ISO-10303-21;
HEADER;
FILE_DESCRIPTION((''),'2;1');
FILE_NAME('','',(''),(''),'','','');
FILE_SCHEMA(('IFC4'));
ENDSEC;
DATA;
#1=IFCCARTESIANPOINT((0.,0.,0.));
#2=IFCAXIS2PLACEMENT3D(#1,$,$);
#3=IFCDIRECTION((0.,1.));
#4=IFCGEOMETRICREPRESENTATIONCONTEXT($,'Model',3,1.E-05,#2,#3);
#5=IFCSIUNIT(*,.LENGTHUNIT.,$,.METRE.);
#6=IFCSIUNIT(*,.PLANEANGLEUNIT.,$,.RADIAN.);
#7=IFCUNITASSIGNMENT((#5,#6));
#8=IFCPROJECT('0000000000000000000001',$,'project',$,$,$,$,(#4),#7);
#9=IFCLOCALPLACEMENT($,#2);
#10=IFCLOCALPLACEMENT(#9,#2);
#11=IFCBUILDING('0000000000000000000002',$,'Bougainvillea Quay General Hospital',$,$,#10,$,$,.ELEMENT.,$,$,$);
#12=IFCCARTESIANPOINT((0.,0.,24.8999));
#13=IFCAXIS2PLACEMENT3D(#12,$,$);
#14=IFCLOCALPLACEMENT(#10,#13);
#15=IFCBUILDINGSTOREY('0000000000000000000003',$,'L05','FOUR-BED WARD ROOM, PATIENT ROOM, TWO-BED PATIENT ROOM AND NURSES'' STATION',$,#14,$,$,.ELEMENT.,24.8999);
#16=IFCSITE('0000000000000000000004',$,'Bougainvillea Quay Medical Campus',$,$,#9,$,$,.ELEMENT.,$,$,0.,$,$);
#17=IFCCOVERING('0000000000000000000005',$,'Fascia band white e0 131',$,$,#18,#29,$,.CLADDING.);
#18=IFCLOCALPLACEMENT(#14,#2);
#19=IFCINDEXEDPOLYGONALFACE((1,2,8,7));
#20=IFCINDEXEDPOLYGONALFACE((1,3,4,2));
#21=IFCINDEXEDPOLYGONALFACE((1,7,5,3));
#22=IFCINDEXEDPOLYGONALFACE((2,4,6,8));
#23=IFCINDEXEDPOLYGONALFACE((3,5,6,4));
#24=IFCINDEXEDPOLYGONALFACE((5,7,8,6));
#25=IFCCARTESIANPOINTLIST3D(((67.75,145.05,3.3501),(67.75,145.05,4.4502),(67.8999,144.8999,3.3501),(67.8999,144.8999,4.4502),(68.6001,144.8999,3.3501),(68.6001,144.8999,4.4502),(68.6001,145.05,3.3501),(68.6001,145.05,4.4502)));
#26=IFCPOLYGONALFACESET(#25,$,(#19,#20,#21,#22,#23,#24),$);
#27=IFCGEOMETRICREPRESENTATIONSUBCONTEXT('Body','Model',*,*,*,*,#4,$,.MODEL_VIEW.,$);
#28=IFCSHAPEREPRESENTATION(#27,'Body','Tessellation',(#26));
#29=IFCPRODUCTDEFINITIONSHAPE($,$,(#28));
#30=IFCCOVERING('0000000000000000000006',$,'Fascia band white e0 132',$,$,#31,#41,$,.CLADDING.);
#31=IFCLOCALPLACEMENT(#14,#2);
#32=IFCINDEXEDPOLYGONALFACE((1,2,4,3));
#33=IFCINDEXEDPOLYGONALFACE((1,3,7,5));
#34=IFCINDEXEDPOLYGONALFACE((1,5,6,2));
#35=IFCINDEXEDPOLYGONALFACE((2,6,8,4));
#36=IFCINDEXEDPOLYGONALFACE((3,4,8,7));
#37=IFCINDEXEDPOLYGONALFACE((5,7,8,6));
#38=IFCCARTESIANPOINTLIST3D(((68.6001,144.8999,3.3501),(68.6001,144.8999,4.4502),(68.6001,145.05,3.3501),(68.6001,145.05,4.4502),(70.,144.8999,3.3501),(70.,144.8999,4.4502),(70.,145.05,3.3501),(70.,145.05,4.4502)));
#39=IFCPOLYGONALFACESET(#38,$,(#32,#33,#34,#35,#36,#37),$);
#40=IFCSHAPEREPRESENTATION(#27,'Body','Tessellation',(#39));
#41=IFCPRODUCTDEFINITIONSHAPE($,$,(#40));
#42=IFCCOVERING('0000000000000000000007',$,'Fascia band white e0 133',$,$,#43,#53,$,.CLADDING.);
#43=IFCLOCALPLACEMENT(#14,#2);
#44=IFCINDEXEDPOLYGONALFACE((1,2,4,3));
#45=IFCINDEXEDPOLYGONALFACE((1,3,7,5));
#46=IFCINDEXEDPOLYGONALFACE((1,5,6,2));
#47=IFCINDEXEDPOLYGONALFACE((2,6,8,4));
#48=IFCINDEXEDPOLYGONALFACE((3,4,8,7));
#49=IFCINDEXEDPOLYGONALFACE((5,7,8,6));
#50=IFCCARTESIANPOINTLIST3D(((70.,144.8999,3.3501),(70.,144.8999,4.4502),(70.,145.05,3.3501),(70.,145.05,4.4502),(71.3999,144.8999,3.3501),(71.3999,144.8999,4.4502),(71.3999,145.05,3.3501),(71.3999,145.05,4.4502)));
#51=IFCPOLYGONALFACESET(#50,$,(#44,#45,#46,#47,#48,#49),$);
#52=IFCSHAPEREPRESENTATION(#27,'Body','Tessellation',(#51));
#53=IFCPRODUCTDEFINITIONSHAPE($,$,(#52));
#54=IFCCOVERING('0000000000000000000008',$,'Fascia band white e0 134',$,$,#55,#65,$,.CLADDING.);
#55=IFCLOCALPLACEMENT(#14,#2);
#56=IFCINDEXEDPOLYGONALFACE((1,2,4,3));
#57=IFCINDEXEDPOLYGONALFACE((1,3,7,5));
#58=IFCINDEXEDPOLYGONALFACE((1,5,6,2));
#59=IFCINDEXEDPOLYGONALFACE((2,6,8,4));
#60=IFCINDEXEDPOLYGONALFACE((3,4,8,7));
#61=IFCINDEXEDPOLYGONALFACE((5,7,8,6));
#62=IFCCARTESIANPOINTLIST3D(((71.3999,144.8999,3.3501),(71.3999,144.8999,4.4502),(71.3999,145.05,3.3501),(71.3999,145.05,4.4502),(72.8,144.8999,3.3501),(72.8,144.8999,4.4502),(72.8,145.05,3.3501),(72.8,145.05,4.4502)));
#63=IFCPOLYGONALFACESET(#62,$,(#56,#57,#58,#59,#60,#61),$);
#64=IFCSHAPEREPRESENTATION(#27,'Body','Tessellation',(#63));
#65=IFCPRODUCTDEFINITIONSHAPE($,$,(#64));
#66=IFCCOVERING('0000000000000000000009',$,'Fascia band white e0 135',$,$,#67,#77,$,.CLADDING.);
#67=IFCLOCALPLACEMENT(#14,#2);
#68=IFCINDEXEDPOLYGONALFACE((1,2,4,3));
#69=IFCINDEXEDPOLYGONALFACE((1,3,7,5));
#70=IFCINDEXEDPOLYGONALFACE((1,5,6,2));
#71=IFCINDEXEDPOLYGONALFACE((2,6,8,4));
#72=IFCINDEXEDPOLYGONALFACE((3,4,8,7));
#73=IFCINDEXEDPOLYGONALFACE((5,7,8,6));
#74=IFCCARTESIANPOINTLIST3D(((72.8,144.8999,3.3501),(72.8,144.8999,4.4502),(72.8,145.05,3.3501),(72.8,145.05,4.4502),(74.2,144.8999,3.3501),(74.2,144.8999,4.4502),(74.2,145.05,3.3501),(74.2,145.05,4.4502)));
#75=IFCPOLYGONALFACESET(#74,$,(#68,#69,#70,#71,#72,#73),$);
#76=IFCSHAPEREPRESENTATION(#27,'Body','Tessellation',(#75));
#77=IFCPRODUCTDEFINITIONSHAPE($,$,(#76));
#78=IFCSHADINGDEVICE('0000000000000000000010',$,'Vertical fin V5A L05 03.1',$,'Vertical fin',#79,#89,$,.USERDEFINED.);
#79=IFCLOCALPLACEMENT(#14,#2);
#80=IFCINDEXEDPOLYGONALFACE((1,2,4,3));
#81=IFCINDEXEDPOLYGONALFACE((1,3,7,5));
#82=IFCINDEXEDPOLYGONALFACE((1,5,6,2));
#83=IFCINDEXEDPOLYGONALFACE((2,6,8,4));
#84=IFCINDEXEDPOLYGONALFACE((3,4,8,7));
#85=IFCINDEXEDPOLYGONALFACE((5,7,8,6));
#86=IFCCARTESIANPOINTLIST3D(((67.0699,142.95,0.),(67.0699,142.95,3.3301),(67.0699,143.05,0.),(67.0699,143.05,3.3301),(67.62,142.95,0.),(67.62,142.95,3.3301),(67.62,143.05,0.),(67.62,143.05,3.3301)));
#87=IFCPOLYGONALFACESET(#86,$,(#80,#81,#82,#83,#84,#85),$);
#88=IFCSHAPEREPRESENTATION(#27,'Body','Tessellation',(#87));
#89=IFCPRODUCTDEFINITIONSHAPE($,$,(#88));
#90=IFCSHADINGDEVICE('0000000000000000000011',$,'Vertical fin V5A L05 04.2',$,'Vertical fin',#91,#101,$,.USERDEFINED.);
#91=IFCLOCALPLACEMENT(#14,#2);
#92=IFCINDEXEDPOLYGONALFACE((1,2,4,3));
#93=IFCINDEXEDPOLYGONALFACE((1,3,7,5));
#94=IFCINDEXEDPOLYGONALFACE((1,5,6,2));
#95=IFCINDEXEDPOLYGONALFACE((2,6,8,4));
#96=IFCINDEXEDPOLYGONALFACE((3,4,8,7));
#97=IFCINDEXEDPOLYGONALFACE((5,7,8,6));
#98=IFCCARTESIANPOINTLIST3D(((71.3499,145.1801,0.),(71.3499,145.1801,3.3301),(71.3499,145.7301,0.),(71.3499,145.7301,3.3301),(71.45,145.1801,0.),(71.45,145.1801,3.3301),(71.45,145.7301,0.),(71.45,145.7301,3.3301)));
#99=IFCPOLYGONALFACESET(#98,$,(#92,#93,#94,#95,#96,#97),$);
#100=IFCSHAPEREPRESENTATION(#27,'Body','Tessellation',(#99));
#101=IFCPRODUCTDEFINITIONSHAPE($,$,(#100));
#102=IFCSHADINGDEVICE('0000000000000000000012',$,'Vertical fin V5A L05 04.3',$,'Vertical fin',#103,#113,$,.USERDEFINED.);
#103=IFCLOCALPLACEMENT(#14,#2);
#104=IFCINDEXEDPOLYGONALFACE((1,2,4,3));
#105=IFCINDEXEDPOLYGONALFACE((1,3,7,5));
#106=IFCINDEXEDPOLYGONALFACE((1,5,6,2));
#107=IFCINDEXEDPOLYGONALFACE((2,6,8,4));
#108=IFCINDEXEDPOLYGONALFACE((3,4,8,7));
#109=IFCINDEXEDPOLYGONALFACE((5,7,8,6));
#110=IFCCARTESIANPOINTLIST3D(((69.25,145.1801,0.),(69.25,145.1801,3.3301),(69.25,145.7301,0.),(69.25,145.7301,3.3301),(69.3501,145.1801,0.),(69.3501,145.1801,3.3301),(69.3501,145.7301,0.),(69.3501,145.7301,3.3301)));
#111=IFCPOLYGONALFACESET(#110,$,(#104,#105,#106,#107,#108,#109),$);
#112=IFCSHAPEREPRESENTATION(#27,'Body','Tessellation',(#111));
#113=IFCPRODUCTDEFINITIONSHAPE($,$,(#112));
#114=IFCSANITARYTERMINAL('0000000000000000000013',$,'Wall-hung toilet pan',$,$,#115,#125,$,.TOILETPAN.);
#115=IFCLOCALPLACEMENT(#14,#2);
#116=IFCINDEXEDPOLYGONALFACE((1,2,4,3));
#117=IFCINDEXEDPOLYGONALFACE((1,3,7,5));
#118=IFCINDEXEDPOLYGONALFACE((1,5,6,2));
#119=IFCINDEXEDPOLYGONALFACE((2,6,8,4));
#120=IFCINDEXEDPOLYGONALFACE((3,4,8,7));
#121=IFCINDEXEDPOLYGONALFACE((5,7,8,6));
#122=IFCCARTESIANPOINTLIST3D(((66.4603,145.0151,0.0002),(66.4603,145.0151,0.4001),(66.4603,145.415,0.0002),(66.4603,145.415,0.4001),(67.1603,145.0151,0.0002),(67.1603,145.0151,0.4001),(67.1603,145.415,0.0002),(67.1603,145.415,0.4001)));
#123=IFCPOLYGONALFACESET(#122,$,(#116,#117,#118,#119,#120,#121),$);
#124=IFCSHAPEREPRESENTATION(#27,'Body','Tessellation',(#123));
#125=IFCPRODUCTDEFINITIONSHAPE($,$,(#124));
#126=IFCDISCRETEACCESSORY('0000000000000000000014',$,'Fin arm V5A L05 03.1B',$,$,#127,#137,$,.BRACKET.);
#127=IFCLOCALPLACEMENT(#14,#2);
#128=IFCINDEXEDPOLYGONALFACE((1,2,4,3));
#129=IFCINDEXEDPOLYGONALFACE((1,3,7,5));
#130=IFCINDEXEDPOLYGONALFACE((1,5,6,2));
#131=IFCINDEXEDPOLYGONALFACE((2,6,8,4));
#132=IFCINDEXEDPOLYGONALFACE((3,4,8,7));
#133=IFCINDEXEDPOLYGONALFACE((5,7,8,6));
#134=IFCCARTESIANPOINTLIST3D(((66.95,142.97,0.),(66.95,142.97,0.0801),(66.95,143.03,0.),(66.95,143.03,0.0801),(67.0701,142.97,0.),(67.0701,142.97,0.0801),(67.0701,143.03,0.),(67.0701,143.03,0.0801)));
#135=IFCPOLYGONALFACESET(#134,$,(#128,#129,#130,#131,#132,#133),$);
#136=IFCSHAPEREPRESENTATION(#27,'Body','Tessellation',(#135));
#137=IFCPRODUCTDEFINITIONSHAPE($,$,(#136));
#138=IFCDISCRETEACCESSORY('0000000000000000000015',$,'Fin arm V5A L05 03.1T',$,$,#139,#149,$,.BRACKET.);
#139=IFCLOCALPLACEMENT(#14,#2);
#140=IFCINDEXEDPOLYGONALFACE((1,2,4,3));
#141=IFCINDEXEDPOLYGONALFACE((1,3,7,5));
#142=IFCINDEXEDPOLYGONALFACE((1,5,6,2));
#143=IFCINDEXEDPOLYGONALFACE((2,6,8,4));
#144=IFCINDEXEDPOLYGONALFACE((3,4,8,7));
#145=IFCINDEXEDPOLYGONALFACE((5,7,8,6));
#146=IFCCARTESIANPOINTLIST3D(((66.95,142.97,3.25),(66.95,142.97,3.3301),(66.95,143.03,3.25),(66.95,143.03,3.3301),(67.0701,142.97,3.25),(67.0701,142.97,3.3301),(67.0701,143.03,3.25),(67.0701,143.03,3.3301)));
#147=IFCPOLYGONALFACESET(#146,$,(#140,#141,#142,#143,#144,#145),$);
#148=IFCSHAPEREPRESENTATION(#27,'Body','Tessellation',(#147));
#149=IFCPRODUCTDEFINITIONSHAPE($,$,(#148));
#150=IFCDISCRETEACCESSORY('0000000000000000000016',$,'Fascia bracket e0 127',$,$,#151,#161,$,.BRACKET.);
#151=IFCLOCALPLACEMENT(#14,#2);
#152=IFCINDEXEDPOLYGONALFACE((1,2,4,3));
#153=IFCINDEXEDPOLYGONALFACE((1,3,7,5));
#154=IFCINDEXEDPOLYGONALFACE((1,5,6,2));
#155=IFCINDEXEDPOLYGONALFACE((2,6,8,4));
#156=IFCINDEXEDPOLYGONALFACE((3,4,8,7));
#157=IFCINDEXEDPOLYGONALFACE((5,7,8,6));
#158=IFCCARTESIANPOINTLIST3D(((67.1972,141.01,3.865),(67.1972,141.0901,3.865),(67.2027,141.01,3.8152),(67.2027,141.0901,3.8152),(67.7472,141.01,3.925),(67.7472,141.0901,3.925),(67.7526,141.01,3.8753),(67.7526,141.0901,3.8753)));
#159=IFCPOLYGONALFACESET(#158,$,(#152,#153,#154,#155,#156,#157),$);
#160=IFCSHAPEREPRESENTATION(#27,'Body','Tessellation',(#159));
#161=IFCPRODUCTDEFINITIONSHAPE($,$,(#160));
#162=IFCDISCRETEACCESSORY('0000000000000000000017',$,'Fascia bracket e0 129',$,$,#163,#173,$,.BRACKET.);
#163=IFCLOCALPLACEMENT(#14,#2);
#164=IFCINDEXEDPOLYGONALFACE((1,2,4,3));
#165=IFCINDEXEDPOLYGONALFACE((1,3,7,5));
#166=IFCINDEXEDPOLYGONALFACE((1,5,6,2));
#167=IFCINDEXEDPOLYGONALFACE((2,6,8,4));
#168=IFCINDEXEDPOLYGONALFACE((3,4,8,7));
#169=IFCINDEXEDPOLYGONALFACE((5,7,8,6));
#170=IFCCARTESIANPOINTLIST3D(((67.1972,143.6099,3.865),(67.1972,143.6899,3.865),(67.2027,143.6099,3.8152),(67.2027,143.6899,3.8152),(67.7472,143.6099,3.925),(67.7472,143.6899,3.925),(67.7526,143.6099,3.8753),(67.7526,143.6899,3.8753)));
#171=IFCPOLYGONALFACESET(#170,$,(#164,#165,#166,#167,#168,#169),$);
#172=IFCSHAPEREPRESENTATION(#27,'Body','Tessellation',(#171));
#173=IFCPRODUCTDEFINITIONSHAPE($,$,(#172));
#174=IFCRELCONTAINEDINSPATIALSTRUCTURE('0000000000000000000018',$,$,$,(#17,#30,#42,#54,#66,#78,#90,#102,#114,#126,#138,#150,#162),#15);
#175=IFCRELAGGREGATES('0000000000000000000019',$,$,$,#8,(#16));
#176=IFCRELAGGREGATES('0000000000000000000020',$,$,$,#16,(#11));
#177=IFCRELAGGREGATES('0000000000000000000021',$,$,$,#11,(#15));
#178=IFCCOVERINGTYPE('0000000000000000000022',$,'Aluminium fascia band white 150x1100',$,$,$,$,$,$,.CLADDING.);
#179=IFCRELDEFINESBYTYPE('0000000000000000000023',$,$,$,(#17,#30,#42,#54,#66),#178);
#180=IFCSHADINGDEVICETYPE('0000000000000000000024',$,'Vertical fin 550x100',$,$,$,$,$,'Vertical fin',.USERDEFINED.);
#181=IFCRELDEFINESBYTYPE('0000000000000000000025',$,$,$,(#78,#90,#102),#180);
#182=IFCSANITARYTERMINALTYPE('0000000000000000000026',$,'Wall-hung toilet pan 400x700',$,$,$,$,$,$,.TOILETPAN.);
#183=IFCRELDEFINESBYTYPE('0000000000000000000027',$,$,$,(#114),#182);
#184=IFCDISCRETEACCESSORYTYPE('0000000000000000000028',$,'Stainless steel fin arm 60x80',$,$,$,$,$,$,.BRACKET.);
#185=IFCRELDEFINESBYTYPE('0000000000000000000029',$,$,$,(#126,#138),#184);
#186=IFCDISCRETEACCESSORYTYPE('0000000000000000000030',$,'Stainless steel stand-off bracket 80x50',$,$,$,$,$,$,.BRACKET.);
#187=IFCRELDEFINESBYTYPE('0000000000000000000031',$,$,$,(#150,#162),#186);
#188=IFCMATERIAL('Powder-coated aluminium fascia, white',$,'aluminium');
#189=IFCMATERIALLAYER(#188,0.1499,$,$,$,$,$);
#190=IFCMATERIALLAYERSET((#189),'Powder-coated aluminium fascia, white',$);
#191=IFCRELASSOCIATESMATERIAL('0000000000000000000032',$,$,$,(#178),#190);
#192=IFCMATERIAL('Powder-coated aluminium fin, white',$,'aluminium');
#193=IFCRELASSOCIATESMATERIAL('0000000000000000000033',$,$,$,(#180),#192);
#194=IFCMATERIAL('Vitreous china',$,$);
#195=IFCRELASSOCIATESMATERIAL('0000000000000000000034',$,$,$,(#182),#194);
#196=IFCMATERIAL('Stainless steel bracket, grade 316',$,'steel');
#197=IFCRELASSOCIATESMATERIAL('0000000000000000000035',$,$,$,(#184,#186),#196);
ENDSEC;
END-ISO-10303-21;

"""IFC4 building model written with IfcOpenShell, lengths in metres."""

from ifc_helpers import new_model, si_unit, direction, frame, origin, origin_2d, place, context, subcontext, project, spatial, polyline, rectangle, outline, extrude, material, layer, layer_set, material_profile, profile_set, type_object, element, save


model = new_model("IFC4")

# Units and contexts
model_context = context("Model", 3, precision=1e-05, world=origin(), true_north=direction((0.0, 1.0)))
body_context = subcontext(model_context, "Body", "Model", "MODEL_VIEW")
ifc_project = project(units=[si_unit("LENGTHUNIT", "METRE"), si_unit("PLANEANGLEUNIT", "RADIAN")], contexts=[model_context])

# Site, building, storey
site_placement = place(None, origin())
site = spatial("IfcSite", under=ifc_project, at=site_placement, Name="Bougainvillea Quay Medical Campus", CompositionType="ELEMENT", RefElevation=0.0)
building_placement = place(site_placement, origin())
building = spatial("IfcBuilding", under=site, at=building_placement, Name="Bougainvillea Quay General Hospital", CompositionType="ELEMENT")
storey_placement = place(building_placement, frame((0.0, 0.0, 24.8999)))
storey = spatial("IfcBuildingStorey", under=building, at=storey_placement, Name="L05", Description="FOUR-BED WARD ROOM, PATIENT ROOM, TWO-BED PATIENT ROOM AND NURSES' STATION", CompositionType="ELEMENT", Elevation=24.8999)

# Coverings
ifc_material_1 = material(Name="Powder-coated aluminium fascia, white", Category="aluminium")
ifc_layer_1 = layer(ifc_material_1, 0.1499)
ifc_layer_set_1 = layer_set([ifc_layer_1], Name="Powder-coated aluminium fascia, white")
covering_type = type_object("IfcCoveringType", Name="Aluminium fascia band white 150x1100", PredefinedType="CLADDING", material=ifc_layer_set_1)
covering_1_placement = place(storey_placement, frame((67.75, 145.05, 3.3501), z_axis=(0.0, 0.0, 1.0), x_axis=(1.0, 0.0, 0.0)))
element("IfcCovering", 1, at=covering_1_placement, inside=storey, type_object=covering_type, Name="Fascia band white e0 131", PredefinedType="CLADDING", context=body_context, shape_type="SweptSolid", body=[
    extrude(outline(polyline([(0.0, 0.0), (0.8501, 0.0), (0.8501, -0.1501), (0.1499, -0.1501), (0.0, 0.0)])), origin(), (0.0, 0.0, 1.0), 1.1001),
])
for number, where, z_axis, x_axis, name in (
    (2, (68.6001, 145.05, 3.3501), (0.0, 0.0, 1.0), (1.0, 0.0, 0.0), "Fascia band white e0 132"),
    (3, (70.0, 145.05, 3.3501), (0.0, 0.0, 1.0), (1.0, 0.0, 0.0), "Fascia band white e0 133"),
):
    element("IfcCovering", number, at=place(storey_placement, frame(where, z_axis=z_axis, x_axis=x_axis)), inside=storey, type_object=covering_type, Name=name, PredefinedType="CLADDING", context=body_context, shape_type="SweptSolid", body=[
        extrude(outline(polyline([(0.0, 0.0), (1.3999, 0.0), (1.3999, -0.1501), (0.0, -0.1501), (0.0, 0.0)])), origin(), (0.0, 0.0, 1.0), 1.1001),
    ])
covering_2_placement = place(storey_placement, frame((71.3999, 145.05, 3.3501), z_axis=(0.0, 0.0, 1.0), x_axis=(1.0, 0.0, 0.0)))
element("IfcCovering", 4, at=covering_2_placement, inside=storey, type_object=covering_type, Name="Fascia band white e0 134", PredefinedType="CLADDING", context=body_context, shape_type="SweptSolid", body=[
    extrude(outline(polyline([(0.0, 0.0), (1.4001, 0.0), (1.4001, -0.1501), (0.0, -0.1501), (0.0, 0.0)])), origin(), (0.0, 0.0, 1.0), 1.1001),
])
covering_3_placement = place(storey_placement, frame((72.8, 145.05, 3.3501), z_axis=(0.0, 0.0, 1.0), x_axis=(1.0, 0.0, 0.0)))
element("IfcCovering", 5, at=covering_3_placement, inside=storey, type_object=covering_type, Name="Fascia band white e0 135", PredefinedType="CLADDING", context=body_context, shape_type="SweptSolid", body=[
    extrude(outline(polyline([(0.0, 0.0), (1.3999, 0.0), (1.3999, -0.1501), (0.0, -0.1501), (0.0, 0.0)])), origin(), (0.0, 0.0, 1.0), 1.1001),
])

# Shading devices
ifc_material_2 = material(Name="Powder-coated aluminium fin, white", Category="aluminium")
ifc_material_profile_1 = material_profile(ifc_material_2, rectangle(XDim=0.55, YDim=0.1001, at=origin_2d()))
ifc_profile_set_1 = profile_set([ifc_material_profile_1], Name="Powder-coated aluminium fin, white")
shading_device_type = type_object("IfcShadingDeviceType", Name="Vertical fin 550x100", ElementType="Vertical fin", PredefinedType="USERDEFINED", material=ifc_profile_set_1)
for number, where, z_axis, x_axis, name in (
    (6, (67.345, 143.0, 0.0), (0.0, 0.0, 1.0), (1.0, 0.0, 0.0), "Vertical fin V5A L05 03.1"),
    (7, (71.3999, 145.4551, 0.0), (0.0, 0.0, 1.0), (0.0, -1.0, 0.0), "Vertical fin V5A L05 04.2"),
    (8, (69.3, 145.4551, 0.0), (0.0, 0.0, 1.0), (0.0, -1.0, 0.0), "Vertical fin V5A L05 04.3"),
):
    element("IfcShadingDevice", number, at=place(storey_placement, frame(where, z_axis=z_axis, x_axis=x_axis)), inside=storey, type_object=shading_device_type, Name=name, ObjectType="Vertical fin", PredefinedType="USERDEFINED", context=body_context, shape_type="SweptSolid", body=[
        extrude(rectangle(XDim=0.55, YDim=0.1001, at=origin_2d()), origin(), (0.0, 0.0, 1.0), 3.3301),
    ])

# Sanitary terminal
ifc_material_3 = material(Name="Vitreous china")
sanitary_terminal_type = type_object("IfcSanitaryTerminalType", Name="Wall-hung toilet pan 400x700", PredefinedType="TOILETPAN", material=ifc_material_3)
sanitary_terminal_placement = place(storey_placement, frame((66.8103, 145.2151, 0.0002), z_axis=(0.0, 0.0, 1.0), x_axis=(0.0, -1.0, 0.0)))
element("IfcSanitaryTerminal", 9, at=sanitary_terminal_placement, inside=storey, type_object=sanitary_terminal_type, Name="Wall-hung toilet pan", PredefinedType="TOILETPAN", context=body_context, shape_type="SweptSolid", body=[
    extrude(rectangle(XDim=0.3999, YDim=0.7, at=origin_2d()), origin(), (0.0, 0.0, 1.0), 0.3999),
])

# Discrete accessories
ifc_material_4 = material(Name="Stainless steel bracket, grade 316", Category="steel")
discrete_accessory_type_1 = type_object("IfcDiscreteAccessoryType", Name="Stainless steel fin arm 60x80", PredefinedType="BRACKET", material=ifc_material_4)
for number, where, z_axis, x_axis, name in (
    (10, (67.01, 143.0, 0.0), (0.0, 0.0, 1.0), (1.0, 0.0, 0.0), "Fin arm V5A L05 03.1B"),
    (11, (67.01, 143.0, 3.25), (0.0, 0.0, 1.0), (1.0, 0.0, 0.0), "Fin arm V5A L05 03.1T"),
):
    element("IfcDiscreteAccessory", number, at=place(storey_placement, frame(where, z_axis=z_axis, x_axis=x_axis)), inside=storey, type_object=discrete_accessory_type_1, Name=name, PredefinedType="BRACKET", context=body_context, shape_type="SweptSolid", body=[
        extrude(rectangle(XDim=0.1201, YDim=0.0601, at=origin_2d()), origin(), (0.0, 0.0, 1.0), 0.0801),
    ])
ifc_material_profile_2 = material_profile(ifc_material_4, rectangle(XDim=0.0801, YDim=0.05, at=origin_2d()))
ifc_profile_set_2 = profile_set([ifc_material_profile_2], Name="Stainless steel bracket, grade 316")
discrete_accessory_type_2 = type_object("IfcDiscreteAccessoryType", Name="Stainless steel stand-off bracket 80x50", PredefinedType="BRACKET", material=ifc_profile_set_2)
for number, where, z_axis, x_axis, name in (
    (12, (67.2, 141.05, 3.8401), (0.994092, 0.0, 0.108543), (0.0, 1.0, 0.0), "Fascia bracket e0 127"),
    (13, (67.2, 143.6499, 3.8401), (0.994092, 0.0, 0.108543), (0.0, 1.0, 0.0), "Fascia bracket e0 129"),
):
    element("IfcDiscreteAccessory", number, at=place(storey_placement, frame(where, z_axis=z_axis, x_axis=x_axis)), inside=storey, type_object=discrete_accessory_type_2, Name=name, PredefinedType="BRACKET", context=body_context, shape_type="SweptSolid", body=[
        extrude(rectangle(XDim=0.0801, YDim=0.05, at=origin_2d()), origin(), (0.0, 0.0, 1.0), 0.5532),
    ])

save(model, "model.ifc")
